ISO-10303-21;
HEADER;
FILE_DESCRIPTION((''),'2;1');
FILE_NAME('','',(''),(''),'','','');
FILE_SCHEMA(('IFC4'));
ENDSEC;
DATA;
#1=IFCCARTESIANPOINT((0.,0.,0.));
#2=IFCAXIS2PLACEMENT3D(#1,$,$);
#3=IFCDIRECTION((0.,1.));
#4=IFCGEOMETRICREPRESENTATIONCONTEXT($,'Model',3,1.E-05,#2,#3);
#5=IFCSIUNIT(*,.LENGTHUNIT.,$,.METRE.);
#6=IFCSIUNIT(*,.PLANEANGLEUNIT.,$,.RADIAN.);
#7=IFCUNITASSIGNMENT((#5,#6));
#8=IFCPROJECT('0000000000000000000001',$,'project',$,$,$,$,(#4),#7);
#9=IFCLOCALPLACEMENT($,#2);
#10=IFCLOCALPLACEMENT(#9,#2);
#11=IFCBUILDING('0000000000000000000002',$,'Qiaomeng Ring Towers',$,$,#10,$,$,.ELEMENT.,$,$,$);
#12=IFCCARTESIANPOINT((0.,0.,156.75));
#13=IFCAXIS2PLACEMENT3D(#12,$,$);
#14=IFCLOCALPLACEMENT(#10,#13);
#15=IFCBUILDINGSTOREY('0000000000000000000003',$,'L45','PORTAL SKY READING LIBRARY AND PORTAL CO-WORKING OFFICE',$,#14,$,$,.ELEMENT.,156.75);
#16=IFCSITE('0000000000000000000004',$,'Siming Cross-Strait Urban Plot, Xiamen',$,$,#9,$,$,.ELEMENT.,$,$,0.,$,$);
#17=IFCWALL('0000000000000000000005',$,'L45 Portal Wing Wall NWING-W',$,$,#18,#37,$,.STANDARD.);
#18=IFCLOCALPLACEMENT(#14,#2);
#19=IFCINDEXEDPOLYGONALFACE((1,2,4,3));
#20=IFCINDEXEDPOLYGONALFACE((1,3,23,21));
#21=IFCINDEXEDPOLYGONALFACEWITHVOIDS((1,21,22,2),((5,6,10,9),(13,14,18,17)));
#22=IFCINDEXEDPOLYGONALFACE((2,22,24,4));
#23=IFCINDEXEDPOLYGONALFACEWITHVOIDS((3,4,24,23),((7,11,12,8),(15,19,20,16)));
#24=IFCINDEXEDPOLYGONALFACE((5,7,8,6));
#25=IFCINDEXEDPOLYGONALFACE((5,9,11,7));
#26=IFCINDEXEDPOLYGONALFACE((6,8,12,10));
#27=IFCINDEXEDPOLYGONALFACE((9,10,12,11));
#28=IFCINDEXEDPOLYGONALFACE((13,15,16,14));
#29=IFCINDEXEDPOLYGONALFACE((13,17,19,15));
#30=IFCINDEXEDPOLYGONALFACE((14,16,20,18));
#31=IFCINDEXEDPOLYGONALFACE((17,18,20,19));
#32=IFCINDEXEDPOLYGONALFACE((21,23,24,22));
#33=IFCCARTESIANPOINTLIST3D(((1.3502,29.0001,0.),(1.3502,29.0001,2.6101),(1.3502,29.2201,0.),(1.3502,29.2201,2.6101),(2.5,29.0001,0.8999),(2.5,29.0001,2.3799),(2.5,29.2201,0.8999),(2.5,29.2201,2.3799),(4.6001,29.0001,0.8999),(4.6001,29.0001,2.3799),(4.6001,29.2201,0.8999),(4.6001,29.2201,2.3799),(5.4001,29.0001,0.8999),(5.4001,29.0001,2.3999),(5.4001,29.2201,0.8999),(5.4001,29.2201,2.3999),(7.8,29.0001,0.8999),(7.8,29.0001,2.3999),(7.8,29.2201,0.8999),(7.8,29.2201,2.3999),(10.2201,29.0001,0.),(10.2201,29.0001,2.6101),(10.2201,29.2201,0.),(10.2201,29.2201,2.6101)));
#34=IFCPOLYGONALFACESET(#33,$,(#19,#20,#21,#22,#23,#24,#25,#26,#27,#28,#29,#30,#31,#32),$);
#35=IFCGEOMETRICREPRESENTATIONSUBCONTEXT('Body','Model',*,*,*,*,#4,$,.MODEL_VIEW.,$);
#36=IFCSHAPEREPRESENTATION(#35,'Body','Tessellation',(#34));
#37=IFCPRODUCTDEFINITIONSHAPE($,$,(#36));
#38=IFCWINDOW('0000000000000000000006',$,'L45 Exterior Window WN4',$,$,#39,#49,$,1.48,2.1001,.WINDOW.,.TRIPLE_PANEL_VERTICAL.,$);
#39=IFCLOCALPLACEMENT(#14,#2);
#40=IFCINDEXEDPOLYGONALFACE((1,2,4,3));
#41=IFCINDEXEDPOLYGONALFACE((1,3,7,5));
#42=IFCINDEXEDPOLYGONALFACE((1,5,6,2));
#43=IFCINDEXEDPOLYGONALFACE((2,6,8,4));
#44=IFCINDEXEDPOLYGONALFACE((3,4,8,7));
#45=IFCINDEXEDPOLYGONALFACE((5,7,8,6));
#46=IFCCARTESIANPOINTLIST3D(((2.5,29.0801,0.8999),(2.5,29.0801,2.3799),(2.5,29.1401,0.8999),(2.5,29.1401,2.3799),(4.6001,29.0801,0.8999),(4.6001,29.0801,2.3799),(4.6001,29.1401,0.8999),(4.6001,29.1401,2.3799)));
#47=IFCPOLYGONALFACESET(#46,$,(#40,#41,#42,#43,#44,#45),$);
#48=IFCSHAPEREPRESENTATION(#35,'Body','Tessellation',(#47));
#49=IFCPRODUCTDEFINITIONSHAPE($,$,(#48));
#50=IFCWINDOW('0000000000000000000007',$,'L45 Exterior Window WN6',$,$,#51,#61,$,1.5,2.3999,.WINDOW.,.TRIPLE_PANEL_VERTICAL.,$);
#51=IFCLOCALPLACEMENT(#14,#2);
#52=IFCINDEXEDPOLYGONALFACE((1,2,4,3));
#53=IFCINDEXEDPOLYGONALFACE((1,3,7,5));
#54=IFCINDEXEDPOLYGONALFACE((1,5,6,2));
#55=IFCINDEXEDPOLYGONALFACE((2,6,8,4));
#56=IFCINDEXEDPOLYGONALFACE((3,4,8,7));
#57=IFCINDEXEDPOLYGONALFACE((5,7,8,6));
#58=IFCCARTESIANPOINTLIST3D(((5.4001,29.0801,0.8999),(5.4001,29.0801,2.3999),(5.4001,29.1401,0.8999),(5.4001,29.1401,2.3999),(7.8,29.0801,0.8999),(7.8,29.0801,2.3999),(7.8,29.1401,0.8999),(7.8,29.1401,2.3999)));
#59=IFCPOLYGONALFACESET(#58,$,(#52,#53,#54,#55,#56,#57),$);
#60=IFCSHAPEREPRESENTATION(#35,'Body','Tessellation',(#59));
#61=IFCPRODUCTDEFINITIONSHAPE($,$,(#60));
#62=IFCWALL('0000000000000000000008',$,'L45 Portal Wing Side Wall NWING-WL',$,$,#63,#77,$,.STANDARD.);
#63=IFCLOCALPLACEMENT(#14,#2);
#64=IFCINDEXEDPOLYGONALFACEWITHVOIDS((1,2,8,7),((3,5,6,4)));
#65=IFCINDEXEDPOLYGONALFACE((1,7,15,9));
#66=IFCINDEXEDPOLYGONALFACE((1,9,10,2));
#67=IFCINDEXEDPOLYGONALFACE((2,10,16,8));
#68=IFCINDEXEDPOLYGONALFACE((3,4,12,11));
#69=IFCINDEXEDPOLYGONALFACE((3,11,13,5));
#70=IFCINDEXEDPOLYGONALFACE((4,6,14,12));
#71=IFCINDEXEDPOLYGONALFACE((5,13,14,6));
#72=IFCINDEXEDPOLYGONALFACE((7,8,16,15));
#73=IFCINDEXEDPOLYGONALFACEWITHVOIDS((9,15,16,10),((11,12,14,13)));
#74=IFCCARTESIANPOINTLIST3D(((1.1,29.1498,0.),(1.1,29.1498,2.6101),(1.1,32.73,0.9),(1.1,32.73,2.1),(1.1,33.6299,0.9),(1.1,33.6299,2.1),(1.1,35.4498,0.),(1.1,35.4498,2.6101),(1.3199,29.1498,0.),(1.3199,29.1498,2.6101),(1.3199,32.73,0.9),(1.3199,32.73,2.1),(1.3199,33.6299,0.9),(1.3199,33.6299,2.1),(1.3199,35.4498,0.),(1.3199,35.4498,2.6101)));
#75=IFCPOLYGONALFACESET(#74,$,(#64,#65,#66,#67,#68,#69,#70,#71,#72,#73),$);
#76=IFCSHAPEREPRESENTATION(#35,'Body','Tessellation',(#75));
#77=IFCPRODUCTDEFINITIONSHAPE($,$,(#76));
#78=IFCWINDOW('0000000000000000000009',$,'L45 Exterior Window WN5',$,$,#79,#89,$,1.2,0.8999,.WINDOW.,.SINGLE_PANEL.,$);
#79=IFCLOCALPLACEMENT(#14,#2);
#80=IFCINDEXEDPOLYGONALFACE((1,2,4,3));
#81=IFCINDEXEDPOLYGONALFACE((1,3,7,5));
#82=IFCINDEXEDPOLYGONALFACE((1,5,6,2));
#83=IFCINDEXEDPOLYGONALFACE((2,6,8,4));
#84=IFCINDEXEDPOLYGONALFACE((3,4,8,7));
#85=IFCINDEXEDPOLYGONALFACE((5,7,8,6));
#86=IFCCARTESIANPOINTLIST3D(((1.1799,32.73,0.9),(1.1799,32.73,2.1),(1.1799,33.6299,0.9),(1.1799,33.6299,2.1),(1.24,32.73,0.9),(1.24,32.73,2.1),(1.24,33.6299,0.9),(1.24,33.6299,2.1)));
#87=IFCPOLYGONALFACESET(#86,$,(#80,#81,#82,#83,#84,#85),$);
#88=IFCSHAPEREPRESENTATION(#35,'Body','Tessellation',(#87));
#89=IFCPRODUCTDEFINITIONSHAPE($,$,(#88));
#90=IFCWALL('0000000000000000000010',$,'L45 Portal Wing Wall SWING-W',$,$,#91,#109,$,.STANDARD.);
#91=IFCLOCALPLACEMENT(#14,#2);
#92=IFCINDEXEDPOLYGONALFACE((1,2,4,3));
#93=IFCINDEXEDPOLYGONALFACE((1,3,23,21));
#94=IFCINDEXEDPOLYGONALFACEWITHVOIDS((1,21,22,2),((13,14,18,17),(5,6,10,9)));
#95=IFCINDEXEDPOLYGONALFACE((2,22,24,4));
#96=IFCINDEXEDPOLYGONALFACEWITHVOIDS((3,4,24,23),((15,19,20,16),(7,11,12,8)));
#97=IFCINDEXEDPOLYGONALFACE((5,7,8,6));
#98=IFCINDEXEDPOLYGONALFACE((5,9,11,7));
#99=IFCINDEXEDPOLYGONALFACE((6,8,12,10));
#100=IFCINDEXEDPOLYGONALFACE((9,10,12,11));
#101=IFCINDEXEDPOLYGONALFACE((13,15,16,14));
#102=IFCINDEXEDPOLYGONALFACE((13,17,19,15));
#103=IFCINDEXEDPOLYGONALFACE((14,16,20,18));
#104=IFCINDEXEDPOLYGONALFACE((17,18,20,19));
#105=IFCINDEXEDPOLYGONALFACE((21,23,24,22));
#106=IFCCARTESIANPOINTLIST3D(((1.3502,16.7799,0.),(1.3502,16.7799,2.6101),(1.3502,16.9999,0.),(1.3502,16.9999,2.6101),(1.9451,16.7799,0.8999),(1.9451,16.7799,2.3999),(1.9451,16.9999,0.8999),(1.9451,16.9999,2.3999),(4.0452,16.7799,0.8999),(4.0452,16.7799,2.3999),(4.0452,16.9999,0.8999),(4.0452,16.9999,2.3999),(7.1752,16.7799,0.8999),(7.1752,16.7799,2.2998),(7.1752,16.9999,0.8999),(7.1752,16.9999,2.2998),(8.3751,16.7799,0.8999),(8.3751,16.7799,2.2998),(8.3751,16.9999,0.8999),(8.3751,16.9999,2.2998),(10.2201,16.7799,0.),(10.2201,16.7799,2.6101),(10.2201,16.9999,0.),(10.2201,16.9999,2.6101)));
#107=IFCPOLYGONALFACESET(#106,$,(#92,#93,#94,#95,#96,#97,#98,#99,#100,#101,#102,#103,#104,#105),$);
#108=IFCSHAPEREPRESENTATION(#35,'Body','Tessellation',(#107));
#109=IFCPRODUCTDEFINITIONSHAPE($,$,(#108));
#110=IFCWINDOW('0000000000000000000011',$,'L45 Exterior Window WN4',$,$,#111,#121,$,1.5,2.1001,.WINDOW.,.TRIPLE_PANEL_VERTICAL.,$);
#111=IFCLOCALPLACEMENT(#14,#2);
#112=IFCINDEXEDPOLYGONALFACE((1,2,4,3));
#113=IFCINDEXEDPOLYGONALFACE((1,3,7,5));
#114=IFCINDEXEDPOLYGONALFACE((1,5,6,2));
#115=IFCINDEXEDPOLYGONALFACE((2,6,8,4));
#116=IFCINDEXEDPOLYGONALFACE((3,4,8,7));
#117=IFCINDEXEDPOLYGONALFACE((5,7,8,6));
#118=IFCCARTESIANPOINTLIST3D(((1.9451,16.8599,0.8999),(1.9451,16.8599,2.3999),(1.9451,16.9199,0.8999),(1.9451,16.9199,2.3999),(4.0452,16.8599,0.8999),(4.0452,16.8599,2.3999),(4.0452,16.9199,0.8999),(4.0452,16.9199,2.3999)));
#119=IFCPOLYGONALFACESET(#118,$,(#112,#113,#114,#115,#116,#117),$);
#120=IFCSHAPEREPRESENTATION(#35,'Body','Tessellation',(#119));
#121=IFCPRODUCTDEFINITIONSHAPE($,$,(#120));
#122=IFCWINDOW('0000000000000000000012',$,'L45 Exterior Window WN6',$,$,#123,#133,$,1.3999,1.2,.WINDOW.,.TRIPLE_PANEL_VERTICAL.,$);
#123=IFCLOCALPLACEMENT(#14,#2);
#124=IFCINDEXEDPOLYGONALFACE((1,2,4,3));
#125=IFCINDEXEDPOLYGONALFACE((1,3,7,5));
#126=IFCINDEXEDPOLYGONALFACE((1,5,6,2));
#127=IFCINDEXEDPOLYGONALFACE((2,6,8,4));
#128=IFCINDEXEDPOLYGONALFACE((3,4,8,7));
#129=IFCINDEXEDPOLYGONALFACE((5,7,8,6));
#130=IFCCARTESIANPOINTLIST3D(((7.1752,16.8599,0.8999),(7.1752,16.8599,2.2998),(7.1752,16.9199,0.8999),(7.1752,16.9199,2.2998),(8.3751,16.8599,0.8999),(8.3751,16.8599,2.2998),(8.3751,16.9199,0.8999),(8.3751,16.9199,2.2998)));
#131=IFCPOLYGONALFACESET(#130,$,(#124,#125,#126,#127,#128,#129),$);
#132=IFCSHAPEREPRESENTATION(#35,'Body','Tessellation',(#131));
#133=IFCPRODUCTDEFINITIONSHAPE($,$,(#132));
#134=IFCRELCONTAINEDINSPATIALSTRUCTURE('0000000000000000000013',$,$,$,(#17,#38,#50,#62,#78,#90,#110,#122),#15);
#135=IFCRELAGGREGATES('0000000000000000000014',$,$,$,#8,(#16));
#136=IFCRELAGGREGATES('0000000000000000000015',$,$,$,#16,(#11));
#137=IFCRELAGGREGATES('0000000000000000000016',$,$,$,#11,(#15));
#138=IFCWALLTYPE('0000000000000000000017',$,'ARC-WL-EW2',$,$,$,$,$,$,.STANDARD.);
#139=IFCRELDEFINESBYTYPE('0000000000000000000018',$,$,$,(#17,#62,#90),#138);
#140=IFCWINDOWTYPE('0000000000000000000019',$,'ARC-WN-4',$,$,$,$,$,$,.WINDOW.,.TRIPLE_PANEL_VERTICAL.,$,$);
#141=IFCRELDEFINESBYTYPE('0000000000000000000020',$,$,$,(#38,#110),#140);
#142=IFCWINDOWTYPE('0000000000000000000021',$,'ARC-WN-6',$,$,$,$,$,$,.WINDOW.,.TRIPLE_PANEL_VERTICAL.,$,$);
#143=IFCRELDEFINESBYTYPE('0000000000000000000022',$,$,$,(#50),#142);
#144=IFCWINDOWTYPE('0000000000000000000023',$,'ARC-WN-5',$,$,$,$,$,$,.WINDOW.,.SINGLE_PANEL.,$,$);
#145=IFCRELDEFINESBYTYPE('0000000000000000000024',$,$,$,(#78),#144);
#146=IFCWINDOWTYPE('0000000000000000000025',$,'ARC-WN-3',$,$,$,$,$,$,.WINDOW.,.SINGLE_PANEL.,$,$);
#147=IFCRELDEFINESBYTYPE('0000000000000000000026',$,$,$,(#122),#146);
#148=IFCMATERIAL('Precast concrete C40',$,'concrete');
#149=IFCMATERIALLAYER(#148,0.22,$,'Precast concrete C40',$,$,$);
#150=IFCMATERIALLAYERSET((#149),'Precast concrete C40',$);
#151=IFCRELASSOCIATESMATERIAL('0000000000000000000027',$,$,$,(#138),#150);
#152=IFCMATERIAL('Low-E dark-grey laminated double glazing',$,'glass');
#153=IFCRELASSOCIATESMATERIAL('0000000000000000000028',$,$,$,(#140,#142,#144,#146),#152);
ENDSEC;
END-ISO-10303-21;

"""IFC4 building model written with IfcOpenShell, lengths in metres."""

from ifc_helpers import new_model, si_unit, direction, frame, frame_2d, origin, place, context, subcontext, project, spatial, rectangle, extrude, source, transform, mapped, material, layer, layer_set, type_object, element, fill, save


model = new_model("IFC4")

# Units and contexts
model_context = context("Model", 3, precision=1e-05, world=origin(), true_north=direction((0.0, 1.0)))
body_context = subcontext(model_context, "Body", "Model", "MODEL_VIEW")
ifc_project = project(units=[si_unit("LENGTHUNIT", "METRE"), si_unit("PLANEANGLEUNIT", "RADIAN")], contexts=[model_context])

# Site, building, storey
site_placement = place(None, origin())
site = spatial("IfcSite", under=ifc_project, at=site_placement, Name="Siming Cross-Strait Urban Plot, Xiamen", CompositionType="ELEMENT", RefElevation=0.0)
building_placement = place(site_placement, origin())
building = spatial("IfcBuilding", under=site, at=building_placement, Name="Qiaomeng Ring Towers", CompositionType="ELEMENT")
storey_placement = place(building_placement, frame((0.0, 0.0, 156.75)))
storey = spatial("IfcBuildingStorey", under=building, at=storey_placement, Name="L45", Description="PORTAL SKY READING LIBRARY AND PORTAL CO-WORKING OFFICE", CompositionType="ELEMENT", Elevation=156.75)

# Wall, openings, windows
ifc_material_1 = material(Name="Precast concrete C40", Category="concrete")
ifc_layer_1 = layer(ifc_material_1, 0.22, Name="Precast concrete C40")
ifc_layer_set_1 = layer_set([ifc_layer_1], Name="Precast concrete C40")
wall_type_1 = type_object("IfcWallType", Name="ARC-WL-EW2", PredefinedType="STANDARD", material=ifc_layer_set_1)
wall_1_placement = place(storey_placement, frame((1.3501, 29.1101, 0.0), z_axis=(0.0, 0.0, 1.0), x_axis=(1.0, 0.0, 0.0)))
wall_1 = element("IfcWall", 1, at=wall_1_placement, inside=storey, type_object=wall_type_1, Name="L45 Portal Wing Wall NWING-W", PredefinedType="STANDARD", context=body_context, shape_type="SweptSolid", body=[
    extrude(rectangle(XDim=8.8699, YDim=0.22, at=frame_2d((4.4351, 0.0))), origin(), (0.0, 0.0, 1.0), 2.6101),
])
opening_1_placement = place(wall_1_placement, frame((1.1499, 0.0, 0.8999)))
opening_1 = element("IfcOpeningElement", 2, at=opening_1_placement, cuts=wall_1, PredefinedType="OPENING", context=body_context, shape_type="SweptSolid", body=[
    extrude(rectangle(XDim=2.1001, YDim=1.48, at=frame_2d((1.05, 0.74))), frame((0.0, 0.1199, 0.0), z_axis=(0.0, -1.0, 0.0), x_axis=(1.0, 0.0, 0.0)), (0.0, 0.0, 1.0), 0.24),
])
opening_2_placement = place(wall_1_placement, frame((4.05, 0.0, 0.8999)))
opening_2 = element("IfcOpeningElement", 3, at=opening_2_placement, cuts=wall_1, PredefinedType="OPENING", context=body_context, shape_type="SweptSolid", body=[
    extrude(rectangle(XDim=2.3999, YDim=1.5, at=frame_2d((1.2, 0.75))), frame((0.0, 0.1199, 0.0), z_axis=(0.0, -1.0, 0.0), x_axis=(1.0, 0.0, 0.0)), (0.0, 0.0, 1.0), 0.24),
])
ifc_material_2 = material(Name="Low-E dark-grey laminated double glazing", Category="glass")
window_type_1 = type_object("IfcWindowType", Name="ARC-WN-4", PartitioningType="TRIPLE_PANEL_VERTICAL", PredefinedType="WINDOW", material=ifc_material_2)
shared_shape_1 = source(origin(), body_context, "Body", "SweptSolid", [
    extrude(rectangle(XDim=2.1001, YDim=1.48, at=frame_2d((1.05, 0.74))), frame((0.0, 0.03, 0.0), z_axis=(0.0, -1.0, 0.0), x_axis=(1.0, 0.0, 0.0)), (0.0, 0.0, 1.0), 0.0601),
])
window_1_placement = place(opening_1_placement, origin())
window_1 = element("IfcWindow", 4, at=window_1_placement, inside=storey, type_object=window_type_1, Name="L45 Exterior Window WN4", OverallHeight=1.48, OverallWidth=2.1001, PartitioningType="TRIPLE_PANEL_VERTICAL", PredefinedType="WINDOW", context=body_context, shape_type="MappedRepresentation", body=[
    mapped(shared_shape_1, transform((0.0, 0.0, 0.0), x_axis=(1.0, 0.0, 0.0), y_axis=(0.0, 1.0, 0.0), z_axis=(0.0, 0.0, 1.0), scale=1.0)),
])
fill(opening_1, window_1)
window_type_2 = type_object("IfcWindowType", Name="ARC-WN-6", PartitioningType="TRIPLE_PANEL_VERTICAL", PredefinedType="WINDOW", material=ifc_material_2)
shared_shape_2 = source(origin(), body_context, "Body", "SweptSolid", [
    extrude(rectangle(XDim=2.3999, YDim=1.5, at=frame_2d((1.2, 0.75))), frame((0.0, 0.03, 0.0), z_axis=(0.0, -1.0, 0.0), x_axis=(1.0, 0.0, 0.0)), (0.0, 0.0, 1.0), 0.0601),
])
window_2_placement = place(opening_2_placement, origin())
window_2 = element("IfcWindow", 5, at=window_2_placement, inside=storey, type_object=window_type_2, Name="L45 Exterior Window WN6", OverallHeight=1.5, OverallWidth=2.3999, PartitioningType="TRIPLE_PANEL_VERTICAL", PredefinedType="WINDOW", context=body_context, shape_type="MappedRepresentation", body=[
    mapped(shared_shape_2, transform((0.0, 0.0, 0.0), x_axis=(1.0, 0.0, 0.0), y_axis=(0.0, 1.0, 0.0), z_axis=(0.0, 0.0, 1.0), scale=1.0)),
])
fill(opening_2, window_2)

# Wall, opening, window
wall_2_placement = place(storey_placement, frame((1.21, 29.1499, 0.0), z_axis=(0.0, 0.0, 1.0), x_axis=(0.0, 1.0, 0.0)))
wall_2 = element("IfcWall", 6, at=wall_2_placement, inside=storey, type_object=wall_type_1, Name="L45 Portal Wing Side Wall NWING-WL", PredefinedType="STANDARD", context=body_context, shape_type="SweptSolid", body=[
    extrude(rectangle(XDim=6.3, YDim=0.22, at=frame_2d((3.1499, 0.0))), origin(), (0.0, 0.0, 1.0), 2.6101),
])
opening_3_placement = place(wall_2_placement, frame((3.5801, 0.0, 0.8999)))
opening_3 = element("IfcOpeningElement", 7, at=opening_3_placement, cuts=wall_2, PredefinedType="OPENING", context=body_context, shape_type="SweptSolid", body=[
    extrude(rectangle(XDim=0.8999, YDim=1.2, at=frame_2d((0.45, 0.6001))), frame((0.0, 0.1199, 0.0), z_axis=(0.0, -1.0, 0.0), x_axis=(1.0, 0.0, 0.0)), (0.0, 0.0, 1.0), 0.24),
])
window_type_3 = type_object("IfcWindowType", Name="ARC-WN-5", PartitioningType="SINGLE_PANEL", PredefinedType="WINDOW", material=ifc_material_2)
shared_shape_3 = source(origin(), body_context, "Body", "SweptSolid", [
    extrude(rectangle(XDim=0.8999, YDim=1.2, at=frame_2d((0.45, 0.6001))), frame((0.0, 0.03, 0.0), z_axis=(0.0, -1.0, 0.0), x_axis=(1.0, 0.0, 0.0)), (0.0, 0.0, 1.0), 0.0601),
])
window_3_placement = place(opening_3_placement, origin())
window_3 = element("IfcWindow", 8, at=window_3_placement, inside=storey, type_object=window_type_3, Name="L45 Exterior Window WN5", OverallHeight=1.2, OverallWidth=0.8999, PartitioningType="SINGLE_PANEL", PredefinedType="WINDOW", context=body_context, shape_type="MappedRepresentation", body=[
    mapped(shared_shape_3, transform((0.0, 0.0, 0.0), x_axis=(1.0, 0.0, 0.0), y_axis=(0.0, 1.0, 0.0), z_axis=(0.0, 0.0, 1.0), scale=1.0)),
])
fill(opening_3, window_3)

# Wall, openings, windows
wall_3_placement = place(storey_placement, frame((1.3501, 16.8899, 0.0), z_axis=(0.0, 0.0, 1.0), x_axis=(1.0, 0.0, 0.0)))
wall_3 = element("IfcWall", 9, at=wall_3_placement, inside=storey, type_object=wall_type_1, Name="L45 Portal Wing Wall SWING-W", PredefinedType="STANDARD", context=body_context, shape_type="SweptSolid", body=[
    extrude(rectangle(XDim=8.8699, YDim=0.22, at=frame_2d((4.4351, 0.0))), origin(), (0.0, 0.0, 1.0), 2.6101),
])
opening_4_placement = place(wall_3_placement, frame((0.595, 0.0, 0.8999)))
opening_4 = element("IfcOpeningElement", 10, at=opening_4_placement, cuts=wall_3, PredefinedType="OPENING", context=body_context, shape_type="SweptSolid", body=[
    extrude(rectangle(XDim=2.1001, YDim=1.5, at=frame_2d((1.05, 0.75))), frame((0.0, 0.1199, 0.0), z_axis=(0.0, -1.0, 0.0), x_axis=(1.0, 0.0, 0.0)), (0.0, 0.0, 1.0), 0.24),
])
opening_5_placement = place(wall_3_placement, frame((5.825, 0.0, 0.8999)))
opening_5 = element("IfcOpeningElement", 11, at=opening_5_placement, cuts=wall_3, PredefinedType="OPENING", context=body_context, shape_type="SweptSolid", body=[
    extrude(rectangle(XDim=1.2, YDim=1.3999, at=frame_2d((0.6001, 0.7))), frame((0.0, 0.1199, 0.0), z_axis=(0.0, -1.0, 0.0), x_axis=(1.0, 0.0, 0.0)), (0.0, 0.0, 1.0), 0.24),
])
shared_shape_4 = source(origin(), body_context, "Body", "SweptSolid", [
    extrude(rectangle(XDim=2.1001, YDim=1.5, at=frame_2d((1.05, 0.75))), frame((0.0, 0.03, 0.0), z_axis=(0.0, -1.0, 0.0), x_axis=(1.0, 0.0, 0.0)), (0.0, 0.0, 1.0), 0.0601),
])
window_4_placement = place(opening_4_placement, origin())
window_4 = element("IfcWindow", 12, at=window_4_placement, inside=storey, type_object=window_type_1, Name="L45 Exterior Window WN4", OverallHeight=1.5, OverallWidth=2.1001, PartitioningType="TRIPLE_PANEL_VERTICAL", PredefinedType="WINDOW", context=body_context, shape_type="MappedRepresentation", body=[
    mapped(shared_shape_4, transform((0.0, 0.0, 0.0), x_axis=(1.0, 0.0, 0.0), y_axis=(0.0, 1.0, 0.0), z_axis=(0.0, 0.0, 1.0), scale=1.0)),
])
fill(opening_4, window_4)
window_type_4 = type_object("IfcWindowType", Name="ARC-WN-3", PartitioningType="SINGLE_PANEL", PredefinedType="WINDOW", material=ifc_material_2)
shared_shape_5 = source(origin(), body_context, "Body", "SweptSolid", [
    extrude(rectangle(XDim=1.2, YDim=1.3999, at=frame_2d((0.6001, 0.7))), frame((0.0, 0.03, 0.0), z_axis=(0.0, -1.0, 0.0), x_axis=(1.0, 0.0, 0.0)), (0.0, 0.0, 1.0), 0.0601),
])
window_5_placement = place(opening_5_placement, origin())
window_5 = element("IfcWindow", 13, at=window_5_placement, inside=storey, type_object=window_type_4, Name="L45 Exterior Window WN6", OverallHeight=1.3999, OverallWidth=1.2, PartitioningType="TRIPLE_PANEL_VERTICAL", PredefinedType="WINDOW", context=body_context, shape_type="MappedRepresentation", body=[
    mapped(shared_shape_5, transform((0.0, 0.0, 0.0), x_axis=(1.0, 0.0, 0.0), y_axis=(0.0, 1.0, 0.0), z_axis=(0.0, 0.0, 1.0), scale=1.0)),
])
fill(opening_5, window_5)

save(model, "model.ifc")
